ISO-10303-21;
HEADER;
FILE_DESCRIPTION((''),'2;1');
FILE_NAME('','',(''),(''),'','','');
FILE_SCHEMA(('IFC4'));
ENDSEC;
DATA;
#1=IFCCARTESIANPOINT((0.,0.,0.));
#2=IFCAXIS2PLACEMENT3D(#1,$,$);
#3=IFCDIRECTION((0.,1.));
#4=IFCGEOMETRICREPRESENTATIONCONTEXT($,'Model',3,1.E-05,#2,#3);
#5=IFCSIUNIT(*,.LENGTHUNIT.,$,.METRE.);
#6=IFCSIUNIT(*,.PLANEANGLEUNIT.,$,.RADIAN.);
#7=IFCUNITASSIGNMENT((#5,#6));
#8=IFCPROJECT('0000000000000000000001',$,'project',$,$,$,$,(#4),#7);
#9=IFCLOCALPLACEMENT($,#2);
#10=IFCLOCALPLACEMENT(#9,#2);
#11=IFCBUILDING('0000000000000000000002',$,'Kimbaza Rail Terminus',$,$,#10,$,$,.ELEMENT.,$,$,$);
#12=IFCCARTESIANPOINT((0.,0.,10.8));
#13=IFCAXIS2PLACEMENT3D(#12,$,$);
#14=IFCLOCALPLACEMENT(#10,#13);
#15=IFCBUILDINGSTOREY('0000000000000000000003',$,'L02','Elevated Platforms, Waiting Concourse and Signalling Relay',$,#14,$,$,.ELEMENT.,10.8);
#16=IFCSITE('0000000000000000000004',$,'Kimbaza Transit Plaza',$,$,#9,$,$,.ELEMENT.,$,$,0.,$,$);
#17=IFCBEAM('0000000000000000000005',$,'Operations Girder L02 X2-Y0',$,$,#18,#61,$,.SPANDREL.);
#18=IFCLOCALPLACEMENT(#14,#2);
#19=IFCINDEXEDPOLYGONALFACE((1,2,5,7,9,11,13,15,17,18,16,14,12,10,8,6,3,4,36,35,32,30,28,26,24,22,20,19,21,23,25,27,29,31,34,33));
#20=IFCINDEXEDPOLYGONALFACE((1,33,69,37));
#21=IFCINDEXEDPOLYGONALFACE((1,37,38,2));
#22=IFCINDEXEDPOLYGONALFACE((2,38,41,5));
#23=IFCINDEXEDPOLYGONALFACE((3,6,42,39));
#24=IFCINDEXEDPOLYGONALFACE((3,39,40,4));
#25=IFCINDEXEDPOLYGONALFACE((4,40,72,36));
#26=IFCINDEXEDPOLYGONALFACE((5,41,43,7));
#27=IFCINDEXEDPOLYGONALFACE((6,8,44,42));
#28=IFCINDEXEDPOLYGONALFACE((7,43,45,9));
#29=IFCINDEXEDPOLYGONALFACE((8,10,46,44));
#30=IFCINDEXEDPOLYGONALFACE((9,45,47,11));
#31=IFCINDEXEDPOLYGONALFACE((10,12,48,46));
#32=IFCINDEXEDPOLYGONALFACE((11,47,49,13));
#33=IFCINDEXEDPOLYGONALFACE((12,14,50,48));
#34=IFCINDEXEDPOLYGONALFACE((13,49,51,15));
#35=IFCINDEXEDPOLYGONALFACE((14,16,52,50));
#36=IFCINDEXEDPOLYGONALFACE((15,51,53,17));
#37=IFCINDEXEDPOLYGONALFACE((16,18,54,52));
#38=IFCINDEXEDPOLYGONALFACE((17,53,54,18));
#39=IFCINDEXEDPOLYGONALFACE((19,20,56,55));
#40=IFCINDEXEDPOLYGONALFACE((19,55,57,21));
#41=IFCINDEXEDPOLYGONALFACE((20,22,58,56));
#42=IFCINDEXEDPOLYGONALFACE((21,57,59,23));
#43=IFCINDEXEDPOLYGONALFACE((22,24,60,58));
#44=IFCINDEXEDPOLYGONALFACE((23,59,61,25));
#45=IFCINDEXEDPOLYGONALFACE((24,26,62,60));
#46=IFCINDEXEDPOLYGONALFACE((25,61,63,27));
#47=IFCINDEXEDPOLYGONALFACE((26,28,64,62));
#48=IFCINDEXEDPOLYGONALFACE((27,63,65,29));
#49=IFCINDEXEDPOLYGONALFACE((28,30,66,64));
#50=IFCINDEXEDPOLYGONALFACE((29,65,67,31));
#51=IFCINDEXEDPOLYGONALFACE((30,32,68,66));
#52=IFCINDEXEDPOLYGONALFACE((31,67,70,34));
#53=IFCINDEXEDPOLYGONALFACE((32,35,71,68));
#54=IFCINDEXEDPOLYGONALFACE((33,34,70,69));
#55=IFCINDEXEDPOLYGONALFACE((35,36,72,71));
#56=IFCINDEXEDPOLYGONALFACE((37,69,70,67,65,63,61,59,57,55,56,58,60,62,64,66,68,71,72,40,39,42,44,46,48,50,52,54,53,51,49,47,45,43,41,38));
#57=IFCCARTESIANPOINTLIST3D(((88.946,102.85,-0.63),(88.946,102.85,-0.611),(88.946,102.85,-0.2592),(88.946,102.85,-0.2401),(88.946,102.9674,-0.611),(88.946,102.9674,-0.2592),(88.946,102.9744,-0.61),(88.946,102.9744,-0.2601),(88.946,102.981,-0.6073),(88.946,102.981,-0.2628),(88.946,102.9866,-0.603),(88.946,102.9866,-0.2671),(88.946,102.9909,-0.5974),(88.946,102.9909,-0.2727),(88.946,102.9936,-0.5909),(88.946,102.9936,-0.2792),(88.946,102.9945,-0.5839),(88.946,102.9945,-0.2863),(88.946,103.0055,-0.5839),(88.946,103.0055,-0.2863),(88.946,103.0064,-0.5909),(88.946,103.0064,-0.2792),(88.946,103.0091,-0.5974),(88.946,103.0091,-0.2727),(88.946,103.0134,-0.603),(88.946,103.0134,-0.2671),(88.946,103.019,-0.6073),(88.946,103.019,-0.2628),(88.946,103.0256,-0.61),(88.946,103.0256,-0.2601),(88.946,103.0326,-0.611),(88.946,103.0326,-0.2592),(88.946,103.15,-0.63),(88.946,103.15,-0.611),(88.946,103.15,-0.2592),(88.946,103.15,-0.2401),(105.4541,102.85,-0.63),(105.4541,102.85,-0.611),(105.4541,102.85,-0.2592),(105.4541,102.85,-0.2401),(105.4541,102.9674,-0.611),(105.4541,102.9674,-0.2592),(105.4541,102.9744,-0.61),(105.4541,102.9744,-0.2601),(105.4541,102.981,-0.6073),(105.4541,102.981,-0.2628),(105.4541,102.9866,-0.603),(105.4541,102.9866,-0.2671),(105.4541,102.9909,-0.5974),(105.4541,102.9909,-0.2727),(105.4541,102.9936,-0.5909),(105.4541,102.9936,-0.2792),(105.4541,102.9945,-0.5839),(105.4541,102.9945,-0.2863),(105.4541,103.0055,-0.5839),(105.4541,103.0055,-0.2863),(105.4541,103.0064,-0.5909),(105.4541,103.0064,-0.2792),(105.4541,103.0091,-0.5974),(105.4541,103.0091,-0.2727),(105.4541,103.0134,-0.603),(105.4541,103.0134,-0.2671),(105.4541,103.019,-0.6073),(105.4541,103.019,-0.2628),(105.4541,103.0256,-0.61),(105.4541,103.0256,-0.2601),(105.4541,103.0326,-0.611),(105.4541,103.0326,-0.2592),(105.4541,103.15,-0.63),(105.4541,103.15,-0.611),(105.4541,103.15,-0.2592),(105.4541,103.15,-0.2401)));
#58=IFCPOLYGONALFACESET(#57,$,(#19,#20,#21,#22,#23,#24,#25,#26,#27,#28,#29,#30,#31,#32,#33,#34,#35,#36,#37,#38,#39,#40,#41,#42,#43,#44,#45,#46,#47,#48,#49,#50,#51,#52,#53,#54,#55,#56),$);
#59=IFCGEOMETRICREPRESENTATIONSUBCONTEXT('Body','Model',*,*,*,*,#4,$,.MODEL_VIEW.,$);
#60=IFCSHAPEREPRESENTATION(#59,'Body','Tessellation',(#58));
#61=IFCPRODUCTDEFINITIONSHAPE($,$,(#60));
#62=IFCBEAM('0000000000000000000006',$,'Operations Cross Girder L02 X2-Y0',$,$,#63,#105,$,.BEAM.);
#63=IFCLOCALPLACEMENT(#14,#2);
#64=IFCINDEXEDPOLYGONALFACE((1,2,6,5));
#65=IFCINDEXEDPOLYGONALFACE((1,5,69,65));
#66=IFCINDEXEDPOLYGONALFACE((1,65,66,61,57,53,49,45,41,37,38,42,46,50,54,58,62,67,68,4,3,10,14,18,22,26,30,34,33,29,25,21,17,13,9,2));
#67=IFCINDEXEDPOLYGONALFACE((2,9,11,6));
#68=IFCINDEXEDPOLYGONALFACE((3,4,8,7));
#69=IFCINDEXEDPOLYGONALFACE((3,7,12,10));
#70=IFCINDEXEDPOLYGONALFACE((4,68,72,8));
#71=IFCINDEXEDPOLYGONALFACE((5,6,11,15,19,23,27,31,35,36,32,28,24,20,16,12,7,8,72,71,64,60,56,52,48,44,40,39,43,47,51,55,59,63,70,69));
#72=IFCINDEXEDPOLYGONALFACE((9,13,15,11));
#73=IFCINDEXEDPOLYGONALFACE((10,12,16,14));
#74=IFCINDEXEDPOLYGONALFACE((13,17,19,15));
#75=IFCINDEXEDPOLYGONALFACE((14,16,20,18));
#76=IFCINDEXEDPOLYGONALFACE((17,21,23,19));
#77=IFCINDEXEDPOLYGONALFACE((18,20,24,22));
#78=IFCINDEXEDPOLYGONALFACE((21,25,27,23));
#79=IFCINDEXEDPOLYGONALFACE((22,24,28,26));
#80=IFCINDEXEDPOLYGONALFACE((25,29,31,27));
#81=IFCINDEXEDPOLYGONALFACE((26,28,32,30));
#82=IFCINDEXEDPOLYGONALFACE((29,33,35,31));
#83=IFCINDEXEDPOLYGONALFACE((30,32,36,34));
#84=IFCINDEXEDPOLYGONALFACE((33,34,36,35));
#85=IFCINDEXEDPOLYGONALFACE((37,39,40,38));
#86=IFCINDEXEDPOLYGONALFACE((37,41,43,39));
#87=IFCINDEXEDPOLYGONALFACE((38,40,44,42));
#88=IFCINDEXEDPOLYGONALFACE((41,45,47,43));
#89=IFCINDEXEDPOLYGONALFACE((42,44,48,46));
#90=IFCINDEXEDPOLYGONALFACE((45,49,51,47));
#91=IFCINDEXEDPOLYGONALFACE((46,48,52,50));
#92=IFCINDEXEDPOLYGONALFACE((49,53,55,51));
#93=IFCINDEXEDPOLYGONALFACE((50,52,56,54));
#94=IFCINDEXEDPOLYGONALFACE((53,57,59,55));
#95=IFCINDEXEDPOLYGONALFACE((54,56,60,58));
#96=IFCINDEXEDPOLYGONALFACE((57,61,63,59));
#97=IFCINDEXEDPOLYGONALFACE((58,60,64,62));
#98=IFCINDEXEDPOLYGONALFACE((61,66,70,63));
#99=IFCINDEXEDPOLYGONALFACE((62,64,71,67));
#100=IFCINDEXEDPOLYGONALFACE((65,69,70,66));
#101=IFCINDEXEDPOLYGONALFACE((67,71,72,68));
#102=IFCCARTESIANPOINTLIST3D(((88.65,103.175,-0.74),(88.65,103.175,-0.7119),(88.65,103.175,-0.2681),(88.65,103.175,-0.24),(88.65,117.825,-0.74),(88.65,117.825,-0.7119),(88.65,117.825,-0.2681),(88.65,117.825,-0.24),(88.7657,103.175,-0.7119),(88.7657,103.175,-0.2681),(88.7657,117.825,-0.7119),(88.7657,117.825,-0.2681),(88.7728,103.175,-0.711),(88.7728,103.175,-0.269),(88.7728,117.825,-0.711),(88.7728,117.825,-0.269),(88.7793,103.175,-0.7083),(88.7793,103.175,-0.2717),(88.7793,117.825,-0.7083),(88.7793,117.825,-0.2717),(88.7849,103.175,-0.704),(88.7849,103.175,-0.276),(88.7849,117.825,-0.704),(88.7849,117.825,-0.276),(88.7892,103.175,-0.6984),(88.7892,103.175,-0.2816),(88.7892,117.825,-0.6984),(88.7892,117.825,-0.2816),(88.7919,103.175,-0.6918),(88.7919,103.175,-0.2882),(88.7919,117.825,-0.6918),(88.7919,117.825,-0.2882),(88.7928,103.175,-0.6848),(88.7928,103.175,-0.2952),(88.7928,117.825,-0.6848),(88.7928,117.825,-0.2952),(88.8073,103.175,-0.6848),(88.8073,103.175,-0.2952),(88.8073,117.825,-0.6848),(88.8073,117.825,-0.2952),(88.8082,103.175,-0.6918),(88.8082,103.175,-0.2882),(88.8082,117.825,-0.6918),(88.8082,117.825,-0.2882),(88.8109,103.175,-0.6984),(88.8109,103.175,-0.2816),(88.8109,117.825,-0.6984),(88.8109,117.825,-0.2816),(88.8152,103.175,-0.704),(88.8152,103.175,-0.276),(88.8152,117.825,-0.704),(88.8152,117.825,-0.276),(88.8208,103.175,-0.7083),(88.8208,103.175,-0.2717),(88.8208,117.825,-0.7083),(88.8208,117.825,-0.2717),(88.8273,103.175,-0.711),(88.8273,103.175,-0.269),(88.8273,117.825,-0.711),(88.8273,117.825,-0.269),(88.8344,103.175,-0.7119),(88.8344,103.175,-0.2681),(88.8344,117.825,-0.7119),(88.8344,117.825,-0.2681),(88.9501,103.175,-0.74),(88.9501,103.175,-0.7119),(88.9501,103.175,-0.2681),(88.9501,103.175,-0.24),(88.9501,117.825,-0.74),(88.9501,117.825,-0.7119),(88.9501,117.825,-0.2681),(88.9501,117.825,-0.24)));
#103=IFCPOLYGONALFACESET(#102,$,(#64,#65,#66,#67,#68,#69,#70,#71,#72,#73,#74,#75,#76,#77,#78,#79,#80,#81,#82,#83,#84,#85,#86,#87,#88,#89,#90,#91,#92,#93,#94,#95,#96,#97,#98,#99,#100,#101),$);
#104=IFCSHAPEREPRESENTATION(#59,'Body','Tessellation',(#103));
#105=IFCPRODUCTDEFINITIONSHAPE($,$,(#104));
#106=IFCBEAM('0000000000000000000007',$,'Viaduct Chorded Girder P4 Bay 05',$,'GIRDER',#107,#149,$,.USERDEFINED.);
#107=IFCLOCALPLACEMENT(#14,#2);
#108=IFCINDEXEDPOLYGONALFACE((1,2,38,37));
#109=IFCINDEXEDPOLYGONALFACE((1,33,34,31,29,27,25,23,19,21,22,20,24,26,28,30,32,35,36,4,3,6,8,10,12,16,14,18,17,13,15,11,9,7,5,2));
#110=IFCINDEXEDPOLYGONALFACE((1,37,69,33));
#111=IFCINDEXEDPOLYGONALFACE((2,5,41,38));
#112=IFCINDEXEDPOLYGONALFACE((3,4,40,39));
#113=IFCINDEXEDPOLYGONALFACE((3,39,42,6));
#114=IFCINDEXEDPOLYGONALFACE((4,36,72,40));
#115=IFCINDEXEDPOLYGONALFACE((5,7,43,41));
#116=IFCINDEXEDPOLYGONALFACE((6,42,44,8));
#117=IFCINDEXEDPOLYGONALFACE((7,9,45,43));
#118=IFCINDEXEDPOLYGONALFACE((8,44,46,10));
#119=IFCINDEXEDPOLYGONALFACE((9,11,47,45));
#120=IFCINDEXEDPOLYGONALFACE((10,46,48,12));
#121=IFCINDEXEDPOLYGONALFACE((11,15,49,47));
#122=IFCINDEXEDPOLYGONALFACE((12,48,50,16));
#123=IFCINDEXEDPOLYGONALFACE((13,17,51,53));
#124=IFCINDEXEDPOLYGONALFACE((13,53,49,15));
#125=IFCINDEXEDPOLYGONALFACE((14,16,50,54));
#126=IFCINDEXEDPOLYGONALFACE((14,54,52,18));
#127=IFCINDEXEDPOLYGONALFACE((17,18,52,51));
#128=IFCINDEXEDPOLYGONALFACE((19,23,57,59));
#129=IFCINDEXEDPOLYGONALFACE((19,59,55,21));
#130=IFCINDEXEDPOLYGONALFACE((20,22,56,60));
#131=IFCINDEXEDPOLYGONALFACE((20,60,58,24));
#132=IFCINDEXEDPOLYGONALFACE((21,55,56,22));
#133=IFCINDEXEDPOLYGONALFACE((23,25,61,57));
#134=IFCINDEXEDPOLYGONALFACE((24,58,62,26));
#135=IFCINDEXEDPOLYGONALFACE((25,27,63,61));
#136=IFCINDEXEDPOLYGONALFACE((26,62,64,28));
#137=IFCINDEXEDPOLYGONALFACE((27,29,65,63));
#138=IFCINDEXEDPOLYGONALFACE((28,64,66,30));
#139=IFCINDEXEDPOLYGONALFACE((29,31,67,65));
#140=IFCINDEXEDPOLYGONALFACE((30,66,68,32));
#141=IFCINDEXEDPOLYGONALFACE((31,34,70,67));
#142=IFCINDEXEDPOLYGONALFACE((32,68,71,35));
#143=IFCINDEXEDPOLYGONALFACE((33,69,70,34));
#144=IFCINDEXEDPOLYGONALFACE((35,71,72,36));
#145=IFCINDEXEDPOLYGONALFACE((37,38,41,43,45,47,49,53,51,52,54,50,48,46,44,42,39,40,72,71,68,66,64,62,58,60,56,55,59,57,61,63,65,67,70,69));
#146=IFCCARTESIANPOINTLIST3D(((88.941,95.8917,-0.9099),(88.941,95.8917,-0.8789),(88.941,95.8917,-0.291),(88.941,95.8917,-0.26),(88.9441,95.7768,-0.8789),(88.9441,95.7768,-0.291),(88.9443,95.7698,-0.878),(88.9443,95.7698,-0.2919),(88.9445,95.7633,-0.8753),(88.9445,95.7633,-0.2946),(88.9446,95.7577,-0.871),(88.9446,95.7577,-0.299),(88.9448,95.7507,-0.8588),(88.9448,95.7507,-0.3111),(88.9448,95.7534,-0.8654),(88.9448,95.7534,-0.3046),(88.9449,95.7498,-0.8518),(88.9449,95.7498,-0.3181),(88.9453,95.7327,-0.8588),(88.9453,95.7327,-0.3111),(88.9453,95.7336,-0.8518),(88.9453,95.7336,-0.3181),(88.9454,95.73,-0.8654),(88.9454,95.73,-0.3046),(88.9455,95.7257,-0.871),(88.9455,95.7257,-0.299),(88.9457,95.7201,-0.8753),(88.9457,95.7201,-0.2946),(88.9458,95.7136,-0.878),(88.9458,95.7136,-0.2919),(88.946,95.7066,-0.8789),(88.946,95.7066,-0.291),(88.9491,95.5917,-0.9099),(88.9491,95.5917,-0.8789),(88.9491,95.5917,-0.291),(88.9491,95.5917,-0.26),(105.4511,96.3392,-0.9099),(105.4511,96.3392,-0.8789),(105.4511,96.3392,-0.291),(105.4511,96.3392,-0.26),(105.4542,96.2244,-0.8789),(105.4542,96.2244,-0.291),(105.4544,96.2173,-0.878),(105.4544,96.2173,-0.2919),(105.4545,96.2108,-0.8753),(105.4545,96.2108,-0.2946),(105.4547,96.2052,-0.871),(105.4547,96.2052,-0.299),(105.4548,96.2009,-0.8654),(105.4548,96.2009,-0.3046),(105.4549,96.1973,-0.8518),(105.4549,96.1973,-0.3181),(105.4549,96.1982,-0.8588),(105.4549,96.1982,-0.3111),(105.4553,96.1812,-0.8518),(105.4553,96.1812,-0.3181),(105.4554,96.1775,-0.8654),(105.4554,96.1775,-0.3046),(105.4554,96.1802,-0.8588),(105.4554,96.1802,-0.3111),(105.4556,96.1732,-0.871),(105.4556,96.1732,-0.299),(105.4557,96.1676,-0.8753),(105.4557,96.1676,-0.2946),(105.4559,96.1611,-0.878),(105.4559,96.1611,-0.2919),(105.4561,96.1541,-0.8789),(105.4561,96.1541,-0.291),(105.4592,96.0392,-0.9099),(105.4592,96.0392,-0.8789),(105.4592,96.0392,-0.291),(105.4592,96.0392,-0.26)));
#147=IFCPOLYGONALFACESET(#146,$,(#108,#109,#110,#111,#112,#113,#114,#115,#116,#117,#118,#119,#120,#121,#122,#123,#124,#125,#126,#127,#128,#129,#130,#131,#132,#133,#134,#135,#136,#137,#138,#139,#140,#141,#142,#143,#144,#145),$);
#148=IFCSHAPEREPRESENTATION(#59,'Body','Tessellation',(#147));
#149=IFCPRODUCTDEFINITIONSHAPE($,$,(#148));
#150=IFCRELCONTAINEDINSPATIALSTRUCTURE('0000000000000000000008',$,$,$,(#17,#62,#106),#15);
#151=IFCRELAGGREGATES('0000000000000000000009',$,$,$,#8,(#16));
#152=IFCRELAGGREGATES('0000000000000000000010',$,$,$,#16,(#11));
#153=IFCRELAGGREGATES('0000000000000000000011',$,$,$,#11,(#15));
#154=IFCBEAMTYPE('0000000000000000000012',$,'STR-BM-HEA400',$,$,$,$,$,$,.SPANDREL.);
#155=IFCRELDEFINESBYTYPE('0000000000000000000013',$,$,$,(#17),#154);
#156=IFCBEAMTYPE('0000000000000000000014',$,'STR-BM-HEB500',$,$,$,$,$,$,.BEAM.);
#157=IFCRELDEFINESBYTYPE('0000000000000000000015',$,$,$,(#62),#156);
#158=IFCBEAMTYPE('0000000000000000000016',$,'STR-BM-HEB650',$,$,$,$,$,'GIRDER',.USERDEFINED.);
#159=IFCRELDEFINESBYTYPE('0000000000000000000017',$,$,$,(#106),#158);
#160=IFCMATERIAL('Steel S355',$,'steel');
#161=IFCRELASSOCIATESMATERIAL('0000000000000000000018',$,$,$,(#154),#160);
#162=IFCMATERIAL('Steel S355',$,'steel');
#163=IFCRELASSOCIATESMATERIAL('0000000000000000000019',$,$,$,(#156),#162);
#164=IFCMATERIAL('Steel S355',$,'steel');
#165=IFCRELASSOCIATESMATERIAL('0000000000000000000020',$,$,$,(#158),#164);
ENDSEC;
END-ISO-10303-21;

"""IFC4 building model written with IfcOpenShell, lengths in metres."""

from ifc_helpers import new_model, si_unit, direction, frame, origin, origin_2d, place, context, subcontext, project, spatial, i_section, extrude, material, material_profile, profile_set, type_object, element, save


model = new_model("IFC4")

# Units and contexts
model_context = context("Model", 3, precision=1e-05, world=origin(), true_north=direction((0.0, 1.0)))
body_context = subcontext(model_context, "Body", "Model", "MODEL_VIEW")
ifc_project = project(units=[si_unit("LENGTHUNIT", "METRE"), si_unit("PLANEANGLEUNIT", "RADIAN")], contexts=[model_context])

# Site, building, storey
site_placement = place(None, origin())
site = spatial("IfcSite", under=ifc_project, at=site_placement, Name="Kimbaza Transit Plaza", CompositionType="ELEMENT", RefElevation=0.0)
building_placement = place(site_placement, origin())
building = spatial("IfcBuilding", under=site, at=building_placement, Name="Kimbaza Rail Terminus", CompositionType="ELEMENT")
storey_placement = place(building_placement, frame((0.0, 0.0, 10.8)))
storey = spatial("IfcBuildingStorey", under=building, at=storey_placement, Name="L02", Description="Elevated Platforms, Waiting Concourse and Signalling Relay", CompositionType="ELEMENT", Elevation=10.8)

# Beams
ifc_material_1 = material(Name="Steel S355", Category="steel")
ifc_material_profile_1 = material_profile(ifc_material_1, i_section(OverallWidth=0.3, OverallDepth=0.3899, WebThickness=0.011, FlangeThickness=0.019, FilletRadius=0.0271, at=origin_2d()), Name="HEA 400")
ifc_profile_set_1 = profile_set([ifc_material_profile_1], Name="Steel S355")
beam_type_1 = type_object("IfcBeamType", Name="STR-BM-HEA400", PredefinedType="SPANDREL", material=ifc_profile_set_1)
beam_1_placement = place(storey_placement, frame((88.946, 103.0, -0.4351), z_axis=(1.0, 0.0, 0.0), x_axis=(0.0, 1.0, 0.0)))
element("IfcBeam", 1, at=beam_1_placement, inside=storey, type_object=beam_type_1, Name="Operations Girder L02 X2-Y0", PredefinedType="SPANDREL", context=body_context, shape_type="SweptSolid", body=[
    extrude(i_section(OverallWidth=0.3, OverallDepth=0.3899, WebThickness=0.011, FlangeThickness=0.019, FilletRadius=0.0271, at=origin_2d()), origin(), (0.0, 0.0, 1.0), 16.5081),
])
ifc_material_2 = material(Name="Steel S355", Category="steel")
ifc_material_profile_2 = material_profile(ifc_material_2, i_section(OverallWidth=0.3, OverallDepth=0.5, WebThickness=0.0144, FlangeThickness=0.0281, FilletRadius=0.0271, at=origin_2d()), Name="HEB 500")
ifc_profile_set_2 = profile_set([ifc_material_profile_2], Name="Steel S355")
beam_type_2 = type_object("IfcBeamType", Name="STR-BM-HEB500", PredefinedType="BEAM", material=ifc_profile_set_2)
beam_2_placement = place(storey_placement, frame((88.8, 103.175, -0.49), z_axis=(0.0, 1.0, 0.0), x_axis=(-1.0, 0.0, 0.0)))
element("IfcBeam", 2, at=beam_2_placement, inside=storey, type_object=beam_type_2, Name="Operations Cross Girder L02 X2-Y0", PredefinedType="BEAM", context=body_context, shape_type="SweptSolid", body=[
    extrude(i_section(OverallWidth=0.3, OverallDepth=0.5, WebThickness=0.0144, FlangeThickness=0.0281, FilletRadius=0.0271, at=origin_2d()), origin(), (0.0, 0.0, 1.0), 14.6499),
])
ifc_material_3 = material(Name="Steel S355", Category="steel")
ifc_material_profile_3 = material_profile(ifc_material_3, i_section(OverallWidth=0.3, OverallDepth=0.6499, WebThickness=0.0161, FlangeThickness=0.031, FilletRadius=0.0271, at=origin_2d()), Name="HEB 650")
ifc_profile_set_3 = profile_set([ifc_material_profile_3], Name="Steel S355")
beam_type_3 = type_object("IfcBeamType", Name="STR-BM-HEB650", ElementType="GIRDER", PredefinedType="USERDEFINED", material=ifc_profile_set_3)
beam_3_placement = place(storey_placement, frame((88.9451, 95.7417, -0.585), z_axis=(0.999633, 0.027095, 0.0), x_axis=(-0.027095, 0.999633, 0.0)))
element("IfcBeam", 3, at=beam_3_placement, inside=storey, type_object=beam_type_3, Name="Viaduct Chorded Girder P4 Bay 05", ObjectType="GIRDER", PredefinedType="USERDEFINED", context=body_context, shape_type="SweptSolid", body=[
    extrude(i_section(OverallWidth=0.3, OverallDepth=0.6499, WebThickness=0.0161, FlangeThickness=0.031, FilletRadius=0.0271, at=origin_2d()), origin(), (0.0, 0.0, 1.0), 16.5161),
])

save(model, "model.ifc")
